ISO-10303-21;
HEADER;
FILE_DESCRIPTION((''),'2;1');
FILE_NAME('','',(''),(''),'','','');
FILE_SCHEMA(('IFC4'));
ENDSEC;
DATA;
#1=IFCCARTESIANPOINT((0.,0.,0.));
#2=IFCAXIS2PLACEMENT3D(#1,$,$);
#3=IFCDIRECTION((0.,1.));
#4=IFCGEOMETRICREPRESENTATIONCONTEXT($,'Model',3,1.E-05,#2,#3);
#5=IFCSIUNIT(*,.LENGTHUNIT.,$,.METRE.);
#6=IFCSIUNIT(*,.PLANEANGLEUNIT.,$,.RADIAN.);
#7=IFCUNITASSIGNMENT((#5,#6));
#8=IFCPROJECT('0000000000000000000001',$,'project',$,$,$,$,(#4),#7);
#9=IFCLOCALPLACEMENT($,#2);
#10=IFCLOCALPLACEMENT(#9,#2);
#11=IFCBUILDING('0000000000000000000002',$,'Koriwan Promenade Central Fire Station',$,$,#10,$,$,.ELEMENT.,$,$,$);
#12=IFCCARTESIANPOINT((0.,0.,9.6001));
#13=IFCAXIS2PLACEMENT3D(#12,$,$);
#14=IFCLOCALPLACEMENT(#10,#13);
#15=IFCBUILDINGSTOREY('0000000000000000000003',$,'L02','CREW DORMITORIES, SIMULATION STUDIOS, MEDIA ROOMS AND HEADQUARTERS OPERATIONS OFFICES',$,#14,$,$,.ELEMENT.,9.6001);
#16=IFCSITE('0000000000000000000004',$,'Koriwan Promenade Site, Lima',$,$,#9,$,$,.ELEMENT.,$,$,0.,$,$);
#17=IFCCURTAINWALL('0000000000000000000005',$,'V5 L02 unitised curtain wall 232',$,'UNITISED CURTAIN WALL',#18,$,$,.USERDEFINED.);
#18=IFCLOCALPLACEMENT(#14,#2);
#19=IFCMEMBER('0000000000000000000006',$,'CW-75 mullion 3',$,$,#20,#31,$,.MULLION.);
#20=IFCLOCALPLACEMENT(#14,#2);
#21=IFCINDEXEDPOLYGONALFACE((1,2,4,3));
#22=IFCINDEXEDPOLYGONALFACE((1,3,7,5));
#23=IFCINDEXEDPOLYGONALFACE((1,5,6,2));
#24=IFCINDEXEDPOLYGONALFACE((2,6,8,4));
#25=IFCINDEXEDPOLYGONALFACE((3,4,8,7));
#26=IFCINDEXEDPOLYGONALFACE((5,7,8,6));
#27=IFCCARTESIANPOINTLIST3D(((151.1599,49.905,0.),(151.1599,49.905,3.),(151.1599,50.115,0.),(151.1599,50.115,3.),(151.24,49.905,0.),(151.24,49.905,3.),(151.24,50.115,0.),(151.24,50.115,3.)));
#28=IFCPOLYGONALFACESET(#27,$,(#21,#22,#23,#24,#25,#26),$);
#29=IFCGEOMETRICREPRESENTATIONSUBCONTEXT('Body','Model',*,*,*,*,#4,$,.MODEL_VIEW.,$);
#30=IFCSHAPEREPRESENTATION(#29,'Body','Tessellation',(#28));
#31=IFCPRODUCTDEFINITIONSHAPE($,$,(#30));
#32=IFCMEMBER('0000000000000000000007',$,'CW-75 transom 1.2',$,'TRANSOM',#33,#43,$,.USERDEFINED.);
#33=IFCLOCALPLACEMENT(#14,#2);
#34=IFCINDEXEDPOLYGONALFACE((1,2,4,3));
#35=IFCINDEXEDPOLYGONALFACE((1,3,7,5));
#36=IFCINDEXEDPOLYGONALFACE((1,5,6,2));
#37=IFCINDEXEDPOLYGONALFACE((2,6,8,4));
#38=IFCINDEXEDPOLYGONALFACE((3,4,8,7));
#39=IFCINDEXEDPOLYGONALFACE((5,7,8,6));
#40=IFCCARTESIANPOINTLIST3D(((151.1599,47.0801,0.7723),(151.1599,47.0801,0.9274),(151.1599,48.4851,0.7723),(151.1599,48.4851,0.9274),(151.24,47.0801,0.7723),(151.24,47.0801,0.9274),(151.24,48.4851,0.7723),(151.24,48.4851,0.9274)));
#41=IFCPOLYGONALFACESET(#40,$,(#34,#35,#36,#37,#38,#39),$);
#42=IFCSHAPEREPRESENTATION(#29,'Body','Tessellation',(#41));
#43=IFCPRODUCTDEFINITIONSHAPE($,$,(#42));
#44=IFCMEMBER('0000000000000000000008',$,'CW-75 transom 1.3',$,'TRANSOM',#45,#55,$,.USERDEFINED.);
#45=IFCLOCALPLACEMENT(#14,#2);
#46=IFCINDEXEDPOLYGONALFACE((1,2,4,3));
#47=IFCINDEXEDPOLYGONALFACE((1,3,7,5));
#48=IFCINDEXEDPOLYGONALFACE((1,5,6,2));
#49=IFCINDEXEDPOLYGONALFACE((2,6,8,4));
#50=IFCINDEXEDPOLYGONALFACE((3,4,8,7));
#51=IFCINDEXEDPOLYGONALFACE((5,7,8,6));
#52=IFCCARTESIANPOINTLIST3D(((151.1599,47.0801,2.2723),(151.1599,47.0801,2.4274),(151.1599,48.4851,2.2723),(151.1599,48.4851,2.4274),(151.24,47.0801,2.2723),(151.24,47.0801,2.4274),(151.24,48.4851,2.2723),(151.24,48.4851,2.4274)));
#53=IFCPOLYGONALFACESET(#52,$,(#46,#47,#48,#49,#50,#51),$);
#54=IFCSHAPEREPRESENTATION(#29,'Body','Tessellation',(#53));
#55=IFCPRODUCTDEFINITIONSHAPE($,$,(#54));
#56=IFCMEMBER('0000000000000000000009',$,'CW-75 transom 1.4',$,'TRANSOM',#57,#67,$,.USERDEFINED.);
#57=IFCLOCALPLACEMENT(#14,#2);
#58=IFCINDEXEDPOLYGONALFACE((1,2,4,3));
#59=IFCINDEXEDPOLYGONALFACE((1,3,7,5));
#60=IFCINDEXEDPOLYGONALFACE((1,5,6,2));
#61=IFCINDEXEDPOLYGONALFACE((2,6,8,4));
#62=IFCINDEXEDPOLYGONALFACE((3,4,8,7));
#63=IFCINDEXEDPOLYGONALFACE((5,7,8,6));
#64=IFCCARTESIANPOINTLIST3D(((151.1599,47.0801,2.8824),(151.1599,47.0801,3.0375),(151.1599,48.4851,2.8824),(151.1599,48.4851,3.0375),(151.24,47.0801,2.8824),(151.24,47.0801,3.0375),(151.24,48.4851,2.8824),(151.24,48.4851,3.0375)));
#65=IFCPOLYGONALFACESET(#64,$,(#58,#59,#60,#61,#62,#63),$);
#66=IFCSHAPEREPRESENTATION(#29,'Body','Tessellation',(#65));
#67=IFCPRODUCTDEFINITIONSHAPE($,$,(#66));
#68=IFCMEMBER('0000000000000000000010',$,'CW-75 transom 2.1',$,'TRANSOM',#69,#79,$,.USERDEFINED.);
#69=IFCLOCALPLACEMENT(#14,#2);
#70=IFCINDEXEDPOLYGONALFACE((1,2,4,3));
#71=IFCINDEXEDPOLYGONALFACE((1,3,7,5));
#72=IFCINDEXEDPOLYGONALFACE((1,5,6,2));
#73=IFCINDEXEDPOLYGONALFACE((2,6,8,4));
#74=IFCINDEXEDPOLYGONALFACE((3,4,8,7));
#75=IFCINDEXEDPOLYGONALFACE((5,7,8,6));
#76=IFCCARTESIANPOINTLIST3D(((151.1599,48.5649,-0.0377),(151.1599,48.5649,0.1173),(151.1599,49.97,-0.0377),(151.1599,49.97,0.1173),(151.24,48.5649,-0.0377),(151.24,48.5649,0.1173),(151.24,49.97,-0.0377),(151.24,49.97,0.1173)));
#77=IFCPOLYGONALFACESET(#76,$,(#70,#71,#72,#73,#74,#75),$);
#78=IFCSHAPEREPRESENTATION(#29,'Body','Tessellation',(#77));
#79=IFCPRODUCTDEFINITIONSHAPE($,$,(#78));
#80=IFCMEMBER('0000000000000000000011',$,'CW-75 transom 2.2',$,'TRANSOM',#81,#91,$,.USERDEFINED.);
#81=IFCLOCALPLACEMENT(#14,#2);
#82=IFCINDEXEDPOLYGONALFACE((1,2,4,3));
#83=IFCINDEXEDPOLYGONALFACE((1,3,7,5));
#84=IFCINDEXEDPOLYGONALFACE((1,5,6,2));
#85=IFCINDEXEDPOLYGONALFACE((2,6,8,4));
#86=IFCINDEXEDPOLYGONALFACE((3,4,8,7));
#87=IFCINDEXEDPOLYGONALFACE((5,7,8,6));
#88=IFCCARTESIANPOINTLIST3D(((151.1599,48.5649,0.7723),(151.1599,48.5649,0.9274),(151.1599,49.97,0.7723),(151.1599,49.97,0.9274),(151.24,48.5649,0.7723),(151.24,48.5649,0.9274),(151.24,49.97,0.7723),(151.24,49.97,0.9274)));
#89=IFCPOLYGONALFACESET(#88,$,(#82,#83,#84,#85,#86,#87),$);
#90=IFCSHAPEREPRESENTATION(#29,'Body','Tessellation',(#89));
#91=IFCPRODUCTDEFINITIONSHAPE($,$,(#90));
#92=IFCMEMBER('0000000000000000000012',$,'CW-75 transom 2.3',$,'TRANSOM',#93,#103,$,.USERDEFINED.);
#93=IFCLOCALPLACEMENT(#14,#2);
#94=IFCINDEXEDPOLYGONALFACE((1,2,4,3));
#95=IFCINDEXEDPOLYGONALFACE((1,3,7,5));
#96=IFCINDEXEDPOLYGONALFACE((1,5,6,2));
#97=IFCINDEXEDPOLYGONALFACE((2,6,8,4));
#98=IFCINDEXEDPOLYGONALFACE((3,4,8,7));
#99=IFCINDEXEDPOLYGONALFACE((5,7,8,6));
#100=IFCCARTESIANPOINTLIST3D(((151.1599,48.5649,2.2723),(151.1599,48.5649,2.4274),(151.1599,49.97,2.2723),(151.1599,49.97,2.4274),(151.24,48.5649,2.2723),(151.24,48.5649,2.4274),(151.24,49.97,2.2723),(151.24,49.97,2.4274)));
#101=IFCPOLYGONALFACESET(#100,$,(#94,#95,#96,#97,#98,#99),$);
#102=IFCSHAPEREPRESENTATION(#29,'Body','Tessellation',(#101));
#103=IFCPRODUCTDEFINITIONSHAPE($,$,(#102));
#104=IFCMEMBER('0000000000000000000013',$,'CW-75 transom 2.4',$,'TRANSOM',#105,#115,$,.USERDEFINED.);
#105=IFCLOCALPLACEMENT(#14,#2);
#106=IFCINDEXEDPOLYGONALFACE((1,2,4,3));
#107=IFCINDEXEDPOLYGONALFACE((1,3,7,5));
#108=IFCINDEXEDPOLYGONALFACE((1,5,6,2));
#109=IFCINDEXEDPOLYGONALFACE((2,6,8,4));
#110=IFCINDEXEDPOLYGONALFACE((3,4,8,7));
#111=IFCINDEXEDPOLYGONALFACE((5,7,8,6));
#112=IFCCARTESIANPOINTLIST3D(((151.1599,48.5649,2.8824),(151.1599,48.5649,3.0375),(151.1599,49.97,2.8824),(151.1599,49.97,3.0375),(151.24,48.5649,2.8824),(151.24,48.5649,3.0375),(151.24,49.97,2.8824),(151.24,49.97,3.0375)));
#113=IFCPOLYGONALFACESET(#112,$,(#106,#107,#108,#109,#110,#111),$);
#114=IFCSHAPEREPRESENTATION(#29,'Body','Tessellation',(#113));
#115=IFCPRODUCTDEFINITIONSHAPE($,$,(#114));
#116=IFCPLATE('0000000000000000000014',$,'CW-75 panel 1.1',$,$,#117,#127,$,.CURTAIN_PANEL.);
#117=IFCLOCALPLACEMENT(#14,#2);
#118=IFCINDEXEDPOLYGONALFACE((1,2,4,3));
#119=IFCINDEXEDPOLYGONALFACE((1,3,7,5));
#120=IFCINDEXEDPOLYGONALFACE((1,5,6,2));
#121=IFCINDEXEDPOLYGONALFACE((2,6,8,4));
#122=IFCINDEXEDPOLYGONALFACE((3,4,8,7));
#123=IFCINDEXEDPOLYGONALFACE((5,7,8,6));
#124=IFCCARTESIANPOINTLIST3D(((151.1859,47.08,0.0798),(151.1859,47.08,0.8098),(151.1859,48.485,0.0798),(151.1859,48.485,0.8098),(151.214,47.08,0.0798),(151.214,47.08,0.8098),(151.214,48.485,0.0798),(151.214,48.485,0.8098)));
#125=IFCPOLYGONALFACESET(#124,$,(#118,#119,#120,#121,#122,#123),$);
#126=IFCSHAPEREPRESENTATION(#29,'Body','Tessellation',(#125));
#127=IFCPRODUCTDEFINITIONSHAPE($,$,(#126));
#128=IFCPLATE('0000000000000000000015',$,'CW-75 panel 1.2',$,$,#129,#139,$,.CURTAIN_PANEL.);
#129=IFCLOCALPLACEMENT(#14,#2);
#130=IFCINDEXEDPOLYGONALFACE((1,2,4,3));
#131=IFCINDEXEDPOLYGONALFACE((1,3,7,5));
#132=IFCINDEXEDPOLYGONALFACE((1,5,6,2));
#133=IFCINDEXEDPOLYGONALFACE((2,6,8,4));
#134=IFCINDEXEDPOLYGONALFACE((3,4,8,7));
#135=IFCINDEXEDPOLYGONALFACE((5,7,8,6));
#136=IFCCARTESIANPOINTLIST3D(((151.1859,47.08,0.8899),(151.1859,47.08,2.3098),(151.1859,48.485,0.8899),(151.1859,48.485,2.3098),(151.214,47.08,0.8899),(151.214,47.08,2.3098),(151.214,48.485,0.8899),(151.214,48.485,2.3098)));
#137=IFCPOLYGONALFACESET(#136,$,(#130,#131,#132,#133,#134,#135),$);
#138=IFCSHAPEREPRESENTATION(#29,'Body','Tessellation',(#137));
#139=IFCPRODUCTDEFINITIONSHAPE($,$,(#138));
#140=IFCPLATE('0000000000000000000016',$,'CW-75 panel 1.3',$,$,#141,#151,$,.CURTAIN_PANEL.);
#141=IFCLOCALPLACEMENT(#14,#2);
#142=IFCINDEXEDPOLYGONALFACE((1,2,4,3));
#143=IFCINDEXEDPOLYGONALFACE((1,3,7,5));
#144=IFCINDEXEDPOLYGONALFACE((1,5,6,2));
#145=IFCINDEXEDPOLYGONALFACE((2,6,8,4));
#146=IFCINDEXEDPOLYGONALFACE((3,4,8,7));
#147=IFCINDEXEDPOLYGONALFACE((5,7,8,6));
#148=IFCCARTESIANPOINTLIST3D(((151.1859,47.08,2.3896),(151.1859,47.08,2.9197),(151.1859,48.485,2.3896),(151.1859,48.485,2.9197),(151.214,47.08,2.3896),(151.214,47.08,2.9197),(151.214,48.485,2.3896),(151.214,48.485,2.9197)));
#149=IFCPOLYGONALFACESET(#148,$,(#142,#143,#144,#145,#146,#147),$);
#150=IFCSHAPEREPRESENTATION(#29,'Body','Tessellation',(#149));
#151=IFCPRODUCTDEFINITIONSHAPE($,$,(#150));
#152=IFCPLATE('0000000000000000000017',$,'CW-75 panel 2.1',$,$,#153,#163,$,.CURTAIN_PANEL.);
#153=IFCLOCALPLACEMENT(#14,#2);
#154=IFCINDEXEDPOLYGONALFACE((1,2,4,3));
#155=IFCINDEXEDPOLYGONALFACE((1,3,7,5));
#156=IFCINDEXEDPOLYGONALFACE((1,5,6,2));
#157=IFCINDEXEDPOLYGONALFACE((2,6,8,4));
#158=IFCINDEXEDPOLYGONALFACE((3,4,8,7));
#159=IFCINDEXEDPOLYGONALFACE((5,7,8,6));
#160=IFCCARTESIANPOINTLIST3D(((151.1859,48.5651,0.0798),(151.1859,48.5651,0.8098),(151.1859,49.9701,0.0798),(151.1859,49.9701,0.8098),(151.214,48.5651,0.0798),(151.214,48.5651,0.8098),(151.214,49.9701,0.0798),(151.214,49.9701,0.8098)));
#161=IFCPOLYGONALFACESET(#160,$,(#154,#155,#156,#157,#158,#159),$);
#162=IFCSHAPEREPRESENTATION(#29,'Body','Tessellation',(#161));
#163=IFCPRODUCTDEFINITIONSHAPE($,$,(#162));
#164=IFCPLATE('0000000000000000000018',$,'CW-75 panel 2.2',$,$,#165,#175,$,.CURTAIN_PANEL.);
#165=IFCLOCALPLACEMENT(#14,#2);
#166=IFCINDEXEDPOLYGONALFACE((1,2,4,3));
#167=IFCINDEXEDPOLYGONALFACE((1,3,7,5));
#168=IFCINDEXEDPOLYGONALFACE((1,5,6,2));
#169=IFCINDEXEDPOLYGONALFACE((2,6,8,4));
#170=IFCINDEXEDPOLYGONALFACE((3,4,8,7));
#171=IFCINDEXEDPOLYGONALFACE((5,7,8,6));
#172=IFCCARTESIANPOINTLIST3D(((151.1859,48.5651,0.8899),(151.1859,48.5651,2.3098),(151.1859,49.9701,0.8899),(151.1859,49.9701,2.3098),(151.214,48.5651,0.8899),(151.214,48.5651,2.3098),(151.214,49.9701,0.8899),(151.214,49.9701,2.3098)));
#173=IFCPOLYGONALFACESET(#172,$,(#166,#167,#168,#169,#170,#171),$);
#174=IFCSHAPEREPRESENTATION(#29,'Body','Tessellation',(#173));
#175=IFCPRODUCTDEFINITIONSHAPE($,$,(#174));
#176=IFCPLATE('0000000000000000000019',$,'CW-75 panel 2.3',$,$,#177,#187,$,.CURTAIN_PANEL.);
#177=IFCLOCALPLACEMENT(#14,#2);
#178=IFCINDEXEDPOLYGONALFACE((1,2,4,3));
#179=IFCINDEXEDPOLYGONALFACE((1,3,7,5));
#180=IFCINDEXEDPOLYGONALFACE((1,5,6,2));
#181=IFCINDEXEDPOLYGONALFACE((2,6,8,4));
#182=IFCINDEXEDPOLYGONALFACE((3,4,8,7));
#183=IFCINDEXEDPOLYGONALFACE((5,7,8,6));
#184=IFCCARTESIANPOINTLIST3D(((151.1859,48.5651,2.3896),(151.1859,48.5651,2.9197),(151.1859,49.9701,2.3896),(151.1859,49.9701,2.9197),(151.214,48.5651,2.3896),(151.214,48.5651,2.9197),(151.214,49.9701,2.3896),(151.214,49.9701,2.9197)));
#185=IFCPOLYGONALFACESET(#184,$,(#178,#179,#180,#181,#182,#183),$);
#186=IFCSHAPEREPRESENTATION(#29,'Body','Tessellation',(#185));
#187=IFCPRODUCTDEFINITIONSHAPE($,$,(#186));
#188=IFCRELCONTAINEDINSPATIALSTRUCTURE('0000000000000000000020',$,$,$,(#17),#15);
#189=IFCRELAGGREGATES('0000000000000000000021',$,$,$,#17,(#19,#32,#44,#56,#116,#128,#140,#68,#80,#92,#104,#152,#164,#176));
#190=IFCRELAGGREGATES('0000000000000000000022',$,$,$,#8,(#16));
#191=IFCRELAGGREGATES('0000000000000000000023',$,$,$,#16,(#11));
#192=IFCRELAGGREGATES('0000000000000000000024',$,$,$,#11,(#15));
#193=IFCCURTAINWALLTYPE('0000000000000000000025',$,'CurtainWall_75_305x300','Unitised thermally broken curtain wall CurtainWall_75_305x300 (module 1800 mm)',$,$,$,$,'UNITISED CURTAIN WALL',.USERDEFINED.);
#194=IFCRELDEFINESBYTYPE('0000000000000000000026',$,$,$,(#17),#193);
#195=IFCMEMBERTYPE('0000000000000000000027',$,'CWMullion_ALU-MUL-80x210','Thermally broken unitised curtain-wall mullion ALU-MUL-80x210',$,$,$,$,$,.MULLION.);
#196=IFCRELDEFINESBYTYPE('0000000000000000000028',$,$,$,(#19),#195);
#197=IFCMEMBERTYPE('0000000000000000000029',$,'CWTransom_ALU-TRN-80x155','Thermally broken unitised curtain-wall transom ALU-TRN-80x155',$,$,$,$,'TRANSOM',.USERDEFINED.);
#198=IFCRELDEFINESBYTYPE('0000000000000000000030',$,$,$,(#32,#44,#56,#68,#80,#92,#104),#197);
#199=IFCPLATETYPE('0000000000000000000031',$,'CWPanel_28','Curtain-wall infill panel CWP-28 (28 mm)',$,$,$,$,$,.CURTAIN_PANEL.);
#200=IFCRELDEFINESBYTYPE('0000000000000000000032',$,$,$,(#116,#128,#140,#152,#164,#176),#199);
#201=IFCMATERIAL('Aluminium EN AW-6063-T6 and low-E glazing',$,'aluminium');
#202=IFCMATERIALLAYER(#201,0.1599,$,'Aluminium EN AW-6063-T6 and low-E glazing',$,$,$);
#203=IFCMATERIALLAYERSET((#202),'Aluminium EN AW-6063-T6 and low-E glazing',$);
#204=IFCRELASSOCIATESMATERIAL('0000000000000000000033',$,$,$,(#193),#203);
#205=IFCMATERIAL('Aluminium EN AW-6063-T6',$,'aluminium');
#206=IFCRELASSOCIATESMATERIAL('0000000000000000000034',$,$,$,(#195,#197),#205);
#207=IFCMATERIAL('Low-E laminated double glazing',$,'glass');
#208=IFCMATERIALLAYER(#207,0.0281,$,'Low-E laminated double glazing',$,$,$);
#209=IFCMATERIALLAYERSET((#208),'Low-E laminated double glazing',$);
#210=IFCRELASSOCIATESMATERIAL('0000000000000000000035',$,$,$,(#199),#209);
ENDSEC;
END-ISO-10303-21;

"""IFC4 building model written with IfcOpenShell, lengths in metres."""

from ifc_helpers import new_model, si_unit, direction, frame, origin, origin_2d, place, context, subcontext, project, spatial, rectangle, extrude, material, layer, layer_set, material_profile, profile_set, type_object, element, aggregate, save


model = new_model("IFC4")

# Units and contexts
model_context = context("Model", 3, precision=1e-05, world=origin(), true_north=direction((0.0, 1.0)))
body_context = subcontext(model_context, "Body", "Model", "MODEL_VIEW")
ifc_project = project(units=[si_unit("LENGTHUNIT", "METRE"), si_unit("PLANEANGLEUNIT", "RADIAN")], contexts=[model_context])

# Site, building, storey
site_placement = place(None, origin())
site = spatial("IfcSite", under=ifc_project, at=site_placement, Name="Koriwan Promenade Site, Lima", CompositionType="ELEMENT", RefElevation=0.0)
building_placement = place(site_placement, origin())
building = spatial("IfcBuilding", under=site, at=building_placement, Name="Koriwan Promenade Central Fire Station", CompositionType="ELEMENT")
storey_placement = place(building_placement, frame((0.0, 0.0, 9.6001)))
storey = spatial("IfcBuildingStorey", under=building, at=storey_placement, Name="L02", Description="CREW DORMITORIES, SIMULATION STUDIOS, MEDIA ROOMS AND HEADQUARTERS OPERATIONS OFFICES", CompositionType="ELEMENT", Elevation=9.6001)

# Curtain wall, members, plates
ifc_material_1 = material(Name="Aluminium EN AW-6063-T6 and low-E glazing", Category="aluminium")
ifc_layer_1 = layer(ifc_material_1, 0.1599, Name="Aluminium EN AW-6063-T6 and low-E glazing")
ifc_layer_set_1 = layer_set([ifc_layer_1], Name="Aluminium EN AW-6063-T6 and low-E glazing")
curtain_wall_type = type_object("IfcCurtainWallType", Name="CurtainWall_75_305x300", Description="Unitised thermally broken curtain wall CurtainWall_75_305x300 (module 1800 mm)", ElementType="UNITISED CURTAIN WALL", PredefinedType="USERDEFINED", material=ifc_layer_set_1)
curtain_wall_placement = place(storey_placement, origin())
curtain_wall = element("IfcCurtainWall", 1, at=curtain_wall_placement, inside=storey, type_object=curtain_wall_type, Name="V5 L02 unitised curtain wall 232", ObjectType="UNITISED CURTAIN WALL", PredefinedType="USERDEFINED")
ifc_material_2 = material(Name="Aluminium EN AW-6063-T6", Category="aluminium")
ifc_material_profile_1 = material_profile(ifc_material_2, rectangle(XDim=0.0801, YDim=0.21, at=origin_2d()), Name="ALU-MUL-80x210")
ifc_profile_set_1 = profile_set([ifc_material_profile_1], Name="Aluminium EN AW-6063-T6")
member_type_1 = type_object("IfcMemberType", Name="CWMullion_ALU-MUL-80x210", Description="Thermally broken unitised curtain-wall mullion ALU-MUL-80x210", PredefinedType="MULLION", material=ifc_profile_set_1)
member_1_placement = place(storey_placement, frame((151.2, 50.01, 0.0), z_axis=(0.0, 0.0, 1.0), x_axis=(-1.0, 0.0, 0.0)))
member_1 = element("IfcMember", 2, at=member_1_placement, type_object=member_type_1, Name="CW-75 mullion 3", PredefinedType="MULLION", context=body_context, shape_type="SweptSolid", body=[
    extrude(rectangle(XDim=0.0801, YDim=0.21, at=origin_2d()), origin(), (0.0, 0.0, 1.0), 3.0),
])
ifc_material_profile_2 = material_profile(ifc_material_2, rectangle(XDim=0.0801, YDim=0.155, at=origin_2d()), Name="ALU-TRN-80x155")
ifc_profile_set_2 = profile_set([ifc_material_profile_2], Name="Aluminium EN AW-6063-T6")
member_type_2 = type_object("IfcMemberType", Name="CWTransom_ALU-TRN-80x155", Description="Thermally broken unitised curtain-wall transom ALU-TRN-80x155", ElementType="TRANSOM", PredefinedType="USERDEFINED", material=ifc_profile_set_2)
member_2_placement = place(storey_placement, frame((151.2, 47.0801, 0.8499), z_axis=(0.0, 1.0, 0.0), x_axis=(-1.0, 0.0, 0.0)))
member_2 = element("IfcMember", 3, at=member_2_placement, type_object=member_type_2, Name="CW-75 transom 1.2", ObjectType="TRANSOM", PredefinedType="USERDEFINED", context=body_context, shape_type="SweptSolid", body=[
    extrude(rectangle(XDim=0.0801, YDim=0.155, at=origin_2d()), origin(), (0.0, 0.0, 1.0), 1.405),
])
member_3_placement = place(storey_placement, frame((151.2, 47.0801, 2.3499), z_axis=(0.0, 1.0, 0.0), x_axis=(-1.0, 0.0, 0.0)))
member_3 = element("IfcMember", 4, at=member_3_placement, type_object=member_type_2, Name="CW-75 transom 1.3", ObjectType="TRANSOM", PredefinedType="USERDEFINED", context=body_context, shape_type="SweptSolid", body=[
    extrude(rectangle(XDim=0.0801, YDim=0.155, at=origin_2d()), origin(), (0.0, 0.0, 1.0), 1.405),
])
member_4_placement = place(storey_placement, frame((151.2, 47.0801, 2.96), z_axis=(0.0, 1.0, 0.0), x_axis=(-1.0, 0.0, 0.0)))
member_4 = element("IfcMember", 5, at=member_4_placement, type_object=member_type_2, Name="CW-75 transom 1.4", ObjectType="TRANSOM", PredefinedType="USERDEFINED", context=body_context, shape_type="SweptSolid", body=[
    extrude(rectangle(XDim=0.0801, YDim=0.155, at=origin_2d()), origin(), (0.0, 0.0, 1.0), 1.405),
])
member_5_placement = place(storey_placement, frame((151.2, 48.5649, 0.0398), z_axis=(0.0, 1.0, 0.0), x_axis=(-1.0, 0.0, 0.0)))
member_5 = element("IfcMember", 6, at=member_5_placement, type_object=member_type_2, Name="CW-75 transom 2.1", ObjectType="TRANSOM", PredefinedType="USERDEFINED", context=body_context, shape_type="SweptSolid", body=[
    extrude(rectangle(XDim=0.0801, YDim=0.155, at=origin_2d()), origin(), (0.0, 0.0, 1.0), 1.405),
])
member_6_placement = place(storey_placement, frame((151.2, 48.5649, 0.8499), z_axis=(0.0, 1.0, 0.0), x_axis=(-1.0, 0.0, 0.0)))
member_6 = element("IfcMember", 7, at=member_6_placement, type_object=member_type_2, Name="CW-75 transom 2.2", ObjectType="TRANSOM", PredefinedType="USERDEFINED", context=body_context, shape_type="SweptSolid", body=[
    extrude(rectangle(XDim=0.0801, YDim=0.155, at=origin_2d()), origin(), (0.0, 0.0, 1.0), 1.405),
])
member_7_placement = place(storey_placement, frame((151.2, 48.5649, 2.3499), z_axis=(0.0, 1.0, 0.0), x_axis=(-1.0, 0.0, 0.0)))
member_7 = element("IfcMember", 8, at=member_7_placement, type_object=member_type_2, Name="CW-75 transom 2.3", ObjectType="TRANSOM", PredefinedType="USERDEFINED", context=body_context, shape_type="SweptSolid", body=[
    extrude(rectangle(XDim=0.0801, YDim=0.155, at=origin_2d()), origin(), (0.0, 0.0, 1.0), 1.405),
])
member_8_placement = place(storey_placement, frame((151.2, 48.5649, 2.96), z_axis=(0.0, 1.0, 0.0), x_axis=(-1.0, 0.0, 0.0)))
member_8 = element("IfcMember", 9, at=member_8_placement, type_object=member_type_2, Name="CW-75 transom 2.4", ObjectType="TRANSOM", PredefinedType="USERDEFINED", context=body_context, shape_type="SweptSolid", body=[
    extrude(rectangle(XDim=0.0801, YDim=0.155, at=origin_2d()), origin(), (0.0, 0.0, 1.0), 1.405),
])
ifc_material_3 = material(Name="Low-E laminated double glazing", Category="glass")
ifc_layer_2 = layer(ifc_material_3, 0.0281, Name="Low-E laminated double glazing")
ifc_layer_set_2 = layer_set([ifc_layer_2], Name="Low-E laminated double glazing")
plate_type = type_object("IfcPlateType", Name="CWPanel_28", Description="Curtain-wall infill panel CWP-28 (28 mm)", PredefinedType="CURTAIN_PANEL", material=ifc_layer_set_2)
plate_1_placement = place(storey_placement, frame((151.2, 47.7825, 0.0798), z_axis=(0.0, 0.0, 1.0), x_axis=(0.0, 1.0, 0.0)))
plate_1 = element("IfcPlate", 10, at=plate_1_placement, type_object=plate_type, Name="CW-75 panel 1.1", PredefinedType="CURTAIN_PANEL", context=body_context, shape_type="SweptSolid", body=[
    extrude(rectangle(XDim=1.405, YDim=0.0281, at=origin_2d()), origin(), (0.0, 0.0, 1.0), 0.73),
])
plate_2_placement = place(storey_placement, frame((151.2, 47.7825, 0.8899), z_axis=(0.0, 0.0, 1.0), x_axis=(0.0, 1.0, 0.0)))
plate_2 = element("IfcPlate", 11, at=plate_2_placement, type_object=plate_type, Name="CW-75 panel 1.2", PredefinedType="CURTAIN_PANEL", context=body_context, shape_type="SweptSolid", body=[
    extrude(rectangle(XDim=1.405, YDim=0.0281, at=origin_2d()), origin(), (0.0, 0.0, 1.0), 1.4199),
])
plate_3_placement = place(storey_placement, frame((151.2, 47.7825, 2.3896), z_axis=(0.0, 0.0, 1.0), x_axis=(0.0, 1.0, 0.0)))
plate_3 = element("IfcPlate", 12, at=plate_3_placement, type_object=plate_type, Name="CW-75 panel 1.3", PredefinedType="CURTAIN_PANEL", context=body_context, shape_type="SweptSolid", body=[
    extrude(rectangle(XDim=1.405, YDim=0.0281, at=origin_2d()), origin(), (0.0, 0.0, 1.0), 0.53),
])
plate_4_placement = place(storey_placement, frame((151.2, 49.2676, 0.0798), z_axis=(0.0, 0.0, 1.0), x_axis=(0.0, 1.0, 0.0)))
plate_4 = element("IfcPlate", 13, at=plate_4_placement, type_object=plate_type, Name="CW-75 panel 2.1", PredefinedType="CURTAIN_PANEL", context=body_context, shape_type="SweptSolid", body=[
    extrude(rectangle(XDim=1.405, YDim=0.0281, at=origin_2d()), origin(), (0.0, 0.0, 1.0), 0.73),
])
plate_5_placement = place(storey_placement, frame((151.2, 49.2676, 0.8899), z_axis=(0.0, 0.0, 1.0), x_axis=(0.0, 1.0, 0.0)))
plate_5 = element("IfcPlate", 14, at=plate_5_placement, type_object=plate_type, Name="CW-75 panel 2.2", PredefinedType="CURTAIN_PANEL", context=body_context, shape_type="SweptSolid", body=[
    extrude(rectangle(XDim=1.405, YDim=0.0281, at=origin_2d()), origin(), (0.0, 0.0, 1.0), 1.4199),
])
plate_6_placement = place(storey_placement, frame((151.2, 49.2676, 2.3896), z_axis=(0.0, 0.0, 1.0), x_axis=(0.0, 1.0, 0.0)))
plate_6 = element("IfcPlate", 15, at=plate_6_placement, type_object=plate_type, Name="CW-75 panel 2.3", PredefinedType="CURTAIN_PANEL", context=body_context, shape_type="SweptSolid", body=[
    extrude(rectangle(XDim=1.405, YDim=0.0281, at=origin_2d()), origin(), (0.0, 0.0, 1.0), 0.53),
])
aggregate(curtain_wall, [member_1, member_2, member_3, member_4, plate_1, plate_2, plate_3, member_5, member_6, member_7, member_8, plate_4, plate_5, plate_6])

save(model, "model.ifc")
